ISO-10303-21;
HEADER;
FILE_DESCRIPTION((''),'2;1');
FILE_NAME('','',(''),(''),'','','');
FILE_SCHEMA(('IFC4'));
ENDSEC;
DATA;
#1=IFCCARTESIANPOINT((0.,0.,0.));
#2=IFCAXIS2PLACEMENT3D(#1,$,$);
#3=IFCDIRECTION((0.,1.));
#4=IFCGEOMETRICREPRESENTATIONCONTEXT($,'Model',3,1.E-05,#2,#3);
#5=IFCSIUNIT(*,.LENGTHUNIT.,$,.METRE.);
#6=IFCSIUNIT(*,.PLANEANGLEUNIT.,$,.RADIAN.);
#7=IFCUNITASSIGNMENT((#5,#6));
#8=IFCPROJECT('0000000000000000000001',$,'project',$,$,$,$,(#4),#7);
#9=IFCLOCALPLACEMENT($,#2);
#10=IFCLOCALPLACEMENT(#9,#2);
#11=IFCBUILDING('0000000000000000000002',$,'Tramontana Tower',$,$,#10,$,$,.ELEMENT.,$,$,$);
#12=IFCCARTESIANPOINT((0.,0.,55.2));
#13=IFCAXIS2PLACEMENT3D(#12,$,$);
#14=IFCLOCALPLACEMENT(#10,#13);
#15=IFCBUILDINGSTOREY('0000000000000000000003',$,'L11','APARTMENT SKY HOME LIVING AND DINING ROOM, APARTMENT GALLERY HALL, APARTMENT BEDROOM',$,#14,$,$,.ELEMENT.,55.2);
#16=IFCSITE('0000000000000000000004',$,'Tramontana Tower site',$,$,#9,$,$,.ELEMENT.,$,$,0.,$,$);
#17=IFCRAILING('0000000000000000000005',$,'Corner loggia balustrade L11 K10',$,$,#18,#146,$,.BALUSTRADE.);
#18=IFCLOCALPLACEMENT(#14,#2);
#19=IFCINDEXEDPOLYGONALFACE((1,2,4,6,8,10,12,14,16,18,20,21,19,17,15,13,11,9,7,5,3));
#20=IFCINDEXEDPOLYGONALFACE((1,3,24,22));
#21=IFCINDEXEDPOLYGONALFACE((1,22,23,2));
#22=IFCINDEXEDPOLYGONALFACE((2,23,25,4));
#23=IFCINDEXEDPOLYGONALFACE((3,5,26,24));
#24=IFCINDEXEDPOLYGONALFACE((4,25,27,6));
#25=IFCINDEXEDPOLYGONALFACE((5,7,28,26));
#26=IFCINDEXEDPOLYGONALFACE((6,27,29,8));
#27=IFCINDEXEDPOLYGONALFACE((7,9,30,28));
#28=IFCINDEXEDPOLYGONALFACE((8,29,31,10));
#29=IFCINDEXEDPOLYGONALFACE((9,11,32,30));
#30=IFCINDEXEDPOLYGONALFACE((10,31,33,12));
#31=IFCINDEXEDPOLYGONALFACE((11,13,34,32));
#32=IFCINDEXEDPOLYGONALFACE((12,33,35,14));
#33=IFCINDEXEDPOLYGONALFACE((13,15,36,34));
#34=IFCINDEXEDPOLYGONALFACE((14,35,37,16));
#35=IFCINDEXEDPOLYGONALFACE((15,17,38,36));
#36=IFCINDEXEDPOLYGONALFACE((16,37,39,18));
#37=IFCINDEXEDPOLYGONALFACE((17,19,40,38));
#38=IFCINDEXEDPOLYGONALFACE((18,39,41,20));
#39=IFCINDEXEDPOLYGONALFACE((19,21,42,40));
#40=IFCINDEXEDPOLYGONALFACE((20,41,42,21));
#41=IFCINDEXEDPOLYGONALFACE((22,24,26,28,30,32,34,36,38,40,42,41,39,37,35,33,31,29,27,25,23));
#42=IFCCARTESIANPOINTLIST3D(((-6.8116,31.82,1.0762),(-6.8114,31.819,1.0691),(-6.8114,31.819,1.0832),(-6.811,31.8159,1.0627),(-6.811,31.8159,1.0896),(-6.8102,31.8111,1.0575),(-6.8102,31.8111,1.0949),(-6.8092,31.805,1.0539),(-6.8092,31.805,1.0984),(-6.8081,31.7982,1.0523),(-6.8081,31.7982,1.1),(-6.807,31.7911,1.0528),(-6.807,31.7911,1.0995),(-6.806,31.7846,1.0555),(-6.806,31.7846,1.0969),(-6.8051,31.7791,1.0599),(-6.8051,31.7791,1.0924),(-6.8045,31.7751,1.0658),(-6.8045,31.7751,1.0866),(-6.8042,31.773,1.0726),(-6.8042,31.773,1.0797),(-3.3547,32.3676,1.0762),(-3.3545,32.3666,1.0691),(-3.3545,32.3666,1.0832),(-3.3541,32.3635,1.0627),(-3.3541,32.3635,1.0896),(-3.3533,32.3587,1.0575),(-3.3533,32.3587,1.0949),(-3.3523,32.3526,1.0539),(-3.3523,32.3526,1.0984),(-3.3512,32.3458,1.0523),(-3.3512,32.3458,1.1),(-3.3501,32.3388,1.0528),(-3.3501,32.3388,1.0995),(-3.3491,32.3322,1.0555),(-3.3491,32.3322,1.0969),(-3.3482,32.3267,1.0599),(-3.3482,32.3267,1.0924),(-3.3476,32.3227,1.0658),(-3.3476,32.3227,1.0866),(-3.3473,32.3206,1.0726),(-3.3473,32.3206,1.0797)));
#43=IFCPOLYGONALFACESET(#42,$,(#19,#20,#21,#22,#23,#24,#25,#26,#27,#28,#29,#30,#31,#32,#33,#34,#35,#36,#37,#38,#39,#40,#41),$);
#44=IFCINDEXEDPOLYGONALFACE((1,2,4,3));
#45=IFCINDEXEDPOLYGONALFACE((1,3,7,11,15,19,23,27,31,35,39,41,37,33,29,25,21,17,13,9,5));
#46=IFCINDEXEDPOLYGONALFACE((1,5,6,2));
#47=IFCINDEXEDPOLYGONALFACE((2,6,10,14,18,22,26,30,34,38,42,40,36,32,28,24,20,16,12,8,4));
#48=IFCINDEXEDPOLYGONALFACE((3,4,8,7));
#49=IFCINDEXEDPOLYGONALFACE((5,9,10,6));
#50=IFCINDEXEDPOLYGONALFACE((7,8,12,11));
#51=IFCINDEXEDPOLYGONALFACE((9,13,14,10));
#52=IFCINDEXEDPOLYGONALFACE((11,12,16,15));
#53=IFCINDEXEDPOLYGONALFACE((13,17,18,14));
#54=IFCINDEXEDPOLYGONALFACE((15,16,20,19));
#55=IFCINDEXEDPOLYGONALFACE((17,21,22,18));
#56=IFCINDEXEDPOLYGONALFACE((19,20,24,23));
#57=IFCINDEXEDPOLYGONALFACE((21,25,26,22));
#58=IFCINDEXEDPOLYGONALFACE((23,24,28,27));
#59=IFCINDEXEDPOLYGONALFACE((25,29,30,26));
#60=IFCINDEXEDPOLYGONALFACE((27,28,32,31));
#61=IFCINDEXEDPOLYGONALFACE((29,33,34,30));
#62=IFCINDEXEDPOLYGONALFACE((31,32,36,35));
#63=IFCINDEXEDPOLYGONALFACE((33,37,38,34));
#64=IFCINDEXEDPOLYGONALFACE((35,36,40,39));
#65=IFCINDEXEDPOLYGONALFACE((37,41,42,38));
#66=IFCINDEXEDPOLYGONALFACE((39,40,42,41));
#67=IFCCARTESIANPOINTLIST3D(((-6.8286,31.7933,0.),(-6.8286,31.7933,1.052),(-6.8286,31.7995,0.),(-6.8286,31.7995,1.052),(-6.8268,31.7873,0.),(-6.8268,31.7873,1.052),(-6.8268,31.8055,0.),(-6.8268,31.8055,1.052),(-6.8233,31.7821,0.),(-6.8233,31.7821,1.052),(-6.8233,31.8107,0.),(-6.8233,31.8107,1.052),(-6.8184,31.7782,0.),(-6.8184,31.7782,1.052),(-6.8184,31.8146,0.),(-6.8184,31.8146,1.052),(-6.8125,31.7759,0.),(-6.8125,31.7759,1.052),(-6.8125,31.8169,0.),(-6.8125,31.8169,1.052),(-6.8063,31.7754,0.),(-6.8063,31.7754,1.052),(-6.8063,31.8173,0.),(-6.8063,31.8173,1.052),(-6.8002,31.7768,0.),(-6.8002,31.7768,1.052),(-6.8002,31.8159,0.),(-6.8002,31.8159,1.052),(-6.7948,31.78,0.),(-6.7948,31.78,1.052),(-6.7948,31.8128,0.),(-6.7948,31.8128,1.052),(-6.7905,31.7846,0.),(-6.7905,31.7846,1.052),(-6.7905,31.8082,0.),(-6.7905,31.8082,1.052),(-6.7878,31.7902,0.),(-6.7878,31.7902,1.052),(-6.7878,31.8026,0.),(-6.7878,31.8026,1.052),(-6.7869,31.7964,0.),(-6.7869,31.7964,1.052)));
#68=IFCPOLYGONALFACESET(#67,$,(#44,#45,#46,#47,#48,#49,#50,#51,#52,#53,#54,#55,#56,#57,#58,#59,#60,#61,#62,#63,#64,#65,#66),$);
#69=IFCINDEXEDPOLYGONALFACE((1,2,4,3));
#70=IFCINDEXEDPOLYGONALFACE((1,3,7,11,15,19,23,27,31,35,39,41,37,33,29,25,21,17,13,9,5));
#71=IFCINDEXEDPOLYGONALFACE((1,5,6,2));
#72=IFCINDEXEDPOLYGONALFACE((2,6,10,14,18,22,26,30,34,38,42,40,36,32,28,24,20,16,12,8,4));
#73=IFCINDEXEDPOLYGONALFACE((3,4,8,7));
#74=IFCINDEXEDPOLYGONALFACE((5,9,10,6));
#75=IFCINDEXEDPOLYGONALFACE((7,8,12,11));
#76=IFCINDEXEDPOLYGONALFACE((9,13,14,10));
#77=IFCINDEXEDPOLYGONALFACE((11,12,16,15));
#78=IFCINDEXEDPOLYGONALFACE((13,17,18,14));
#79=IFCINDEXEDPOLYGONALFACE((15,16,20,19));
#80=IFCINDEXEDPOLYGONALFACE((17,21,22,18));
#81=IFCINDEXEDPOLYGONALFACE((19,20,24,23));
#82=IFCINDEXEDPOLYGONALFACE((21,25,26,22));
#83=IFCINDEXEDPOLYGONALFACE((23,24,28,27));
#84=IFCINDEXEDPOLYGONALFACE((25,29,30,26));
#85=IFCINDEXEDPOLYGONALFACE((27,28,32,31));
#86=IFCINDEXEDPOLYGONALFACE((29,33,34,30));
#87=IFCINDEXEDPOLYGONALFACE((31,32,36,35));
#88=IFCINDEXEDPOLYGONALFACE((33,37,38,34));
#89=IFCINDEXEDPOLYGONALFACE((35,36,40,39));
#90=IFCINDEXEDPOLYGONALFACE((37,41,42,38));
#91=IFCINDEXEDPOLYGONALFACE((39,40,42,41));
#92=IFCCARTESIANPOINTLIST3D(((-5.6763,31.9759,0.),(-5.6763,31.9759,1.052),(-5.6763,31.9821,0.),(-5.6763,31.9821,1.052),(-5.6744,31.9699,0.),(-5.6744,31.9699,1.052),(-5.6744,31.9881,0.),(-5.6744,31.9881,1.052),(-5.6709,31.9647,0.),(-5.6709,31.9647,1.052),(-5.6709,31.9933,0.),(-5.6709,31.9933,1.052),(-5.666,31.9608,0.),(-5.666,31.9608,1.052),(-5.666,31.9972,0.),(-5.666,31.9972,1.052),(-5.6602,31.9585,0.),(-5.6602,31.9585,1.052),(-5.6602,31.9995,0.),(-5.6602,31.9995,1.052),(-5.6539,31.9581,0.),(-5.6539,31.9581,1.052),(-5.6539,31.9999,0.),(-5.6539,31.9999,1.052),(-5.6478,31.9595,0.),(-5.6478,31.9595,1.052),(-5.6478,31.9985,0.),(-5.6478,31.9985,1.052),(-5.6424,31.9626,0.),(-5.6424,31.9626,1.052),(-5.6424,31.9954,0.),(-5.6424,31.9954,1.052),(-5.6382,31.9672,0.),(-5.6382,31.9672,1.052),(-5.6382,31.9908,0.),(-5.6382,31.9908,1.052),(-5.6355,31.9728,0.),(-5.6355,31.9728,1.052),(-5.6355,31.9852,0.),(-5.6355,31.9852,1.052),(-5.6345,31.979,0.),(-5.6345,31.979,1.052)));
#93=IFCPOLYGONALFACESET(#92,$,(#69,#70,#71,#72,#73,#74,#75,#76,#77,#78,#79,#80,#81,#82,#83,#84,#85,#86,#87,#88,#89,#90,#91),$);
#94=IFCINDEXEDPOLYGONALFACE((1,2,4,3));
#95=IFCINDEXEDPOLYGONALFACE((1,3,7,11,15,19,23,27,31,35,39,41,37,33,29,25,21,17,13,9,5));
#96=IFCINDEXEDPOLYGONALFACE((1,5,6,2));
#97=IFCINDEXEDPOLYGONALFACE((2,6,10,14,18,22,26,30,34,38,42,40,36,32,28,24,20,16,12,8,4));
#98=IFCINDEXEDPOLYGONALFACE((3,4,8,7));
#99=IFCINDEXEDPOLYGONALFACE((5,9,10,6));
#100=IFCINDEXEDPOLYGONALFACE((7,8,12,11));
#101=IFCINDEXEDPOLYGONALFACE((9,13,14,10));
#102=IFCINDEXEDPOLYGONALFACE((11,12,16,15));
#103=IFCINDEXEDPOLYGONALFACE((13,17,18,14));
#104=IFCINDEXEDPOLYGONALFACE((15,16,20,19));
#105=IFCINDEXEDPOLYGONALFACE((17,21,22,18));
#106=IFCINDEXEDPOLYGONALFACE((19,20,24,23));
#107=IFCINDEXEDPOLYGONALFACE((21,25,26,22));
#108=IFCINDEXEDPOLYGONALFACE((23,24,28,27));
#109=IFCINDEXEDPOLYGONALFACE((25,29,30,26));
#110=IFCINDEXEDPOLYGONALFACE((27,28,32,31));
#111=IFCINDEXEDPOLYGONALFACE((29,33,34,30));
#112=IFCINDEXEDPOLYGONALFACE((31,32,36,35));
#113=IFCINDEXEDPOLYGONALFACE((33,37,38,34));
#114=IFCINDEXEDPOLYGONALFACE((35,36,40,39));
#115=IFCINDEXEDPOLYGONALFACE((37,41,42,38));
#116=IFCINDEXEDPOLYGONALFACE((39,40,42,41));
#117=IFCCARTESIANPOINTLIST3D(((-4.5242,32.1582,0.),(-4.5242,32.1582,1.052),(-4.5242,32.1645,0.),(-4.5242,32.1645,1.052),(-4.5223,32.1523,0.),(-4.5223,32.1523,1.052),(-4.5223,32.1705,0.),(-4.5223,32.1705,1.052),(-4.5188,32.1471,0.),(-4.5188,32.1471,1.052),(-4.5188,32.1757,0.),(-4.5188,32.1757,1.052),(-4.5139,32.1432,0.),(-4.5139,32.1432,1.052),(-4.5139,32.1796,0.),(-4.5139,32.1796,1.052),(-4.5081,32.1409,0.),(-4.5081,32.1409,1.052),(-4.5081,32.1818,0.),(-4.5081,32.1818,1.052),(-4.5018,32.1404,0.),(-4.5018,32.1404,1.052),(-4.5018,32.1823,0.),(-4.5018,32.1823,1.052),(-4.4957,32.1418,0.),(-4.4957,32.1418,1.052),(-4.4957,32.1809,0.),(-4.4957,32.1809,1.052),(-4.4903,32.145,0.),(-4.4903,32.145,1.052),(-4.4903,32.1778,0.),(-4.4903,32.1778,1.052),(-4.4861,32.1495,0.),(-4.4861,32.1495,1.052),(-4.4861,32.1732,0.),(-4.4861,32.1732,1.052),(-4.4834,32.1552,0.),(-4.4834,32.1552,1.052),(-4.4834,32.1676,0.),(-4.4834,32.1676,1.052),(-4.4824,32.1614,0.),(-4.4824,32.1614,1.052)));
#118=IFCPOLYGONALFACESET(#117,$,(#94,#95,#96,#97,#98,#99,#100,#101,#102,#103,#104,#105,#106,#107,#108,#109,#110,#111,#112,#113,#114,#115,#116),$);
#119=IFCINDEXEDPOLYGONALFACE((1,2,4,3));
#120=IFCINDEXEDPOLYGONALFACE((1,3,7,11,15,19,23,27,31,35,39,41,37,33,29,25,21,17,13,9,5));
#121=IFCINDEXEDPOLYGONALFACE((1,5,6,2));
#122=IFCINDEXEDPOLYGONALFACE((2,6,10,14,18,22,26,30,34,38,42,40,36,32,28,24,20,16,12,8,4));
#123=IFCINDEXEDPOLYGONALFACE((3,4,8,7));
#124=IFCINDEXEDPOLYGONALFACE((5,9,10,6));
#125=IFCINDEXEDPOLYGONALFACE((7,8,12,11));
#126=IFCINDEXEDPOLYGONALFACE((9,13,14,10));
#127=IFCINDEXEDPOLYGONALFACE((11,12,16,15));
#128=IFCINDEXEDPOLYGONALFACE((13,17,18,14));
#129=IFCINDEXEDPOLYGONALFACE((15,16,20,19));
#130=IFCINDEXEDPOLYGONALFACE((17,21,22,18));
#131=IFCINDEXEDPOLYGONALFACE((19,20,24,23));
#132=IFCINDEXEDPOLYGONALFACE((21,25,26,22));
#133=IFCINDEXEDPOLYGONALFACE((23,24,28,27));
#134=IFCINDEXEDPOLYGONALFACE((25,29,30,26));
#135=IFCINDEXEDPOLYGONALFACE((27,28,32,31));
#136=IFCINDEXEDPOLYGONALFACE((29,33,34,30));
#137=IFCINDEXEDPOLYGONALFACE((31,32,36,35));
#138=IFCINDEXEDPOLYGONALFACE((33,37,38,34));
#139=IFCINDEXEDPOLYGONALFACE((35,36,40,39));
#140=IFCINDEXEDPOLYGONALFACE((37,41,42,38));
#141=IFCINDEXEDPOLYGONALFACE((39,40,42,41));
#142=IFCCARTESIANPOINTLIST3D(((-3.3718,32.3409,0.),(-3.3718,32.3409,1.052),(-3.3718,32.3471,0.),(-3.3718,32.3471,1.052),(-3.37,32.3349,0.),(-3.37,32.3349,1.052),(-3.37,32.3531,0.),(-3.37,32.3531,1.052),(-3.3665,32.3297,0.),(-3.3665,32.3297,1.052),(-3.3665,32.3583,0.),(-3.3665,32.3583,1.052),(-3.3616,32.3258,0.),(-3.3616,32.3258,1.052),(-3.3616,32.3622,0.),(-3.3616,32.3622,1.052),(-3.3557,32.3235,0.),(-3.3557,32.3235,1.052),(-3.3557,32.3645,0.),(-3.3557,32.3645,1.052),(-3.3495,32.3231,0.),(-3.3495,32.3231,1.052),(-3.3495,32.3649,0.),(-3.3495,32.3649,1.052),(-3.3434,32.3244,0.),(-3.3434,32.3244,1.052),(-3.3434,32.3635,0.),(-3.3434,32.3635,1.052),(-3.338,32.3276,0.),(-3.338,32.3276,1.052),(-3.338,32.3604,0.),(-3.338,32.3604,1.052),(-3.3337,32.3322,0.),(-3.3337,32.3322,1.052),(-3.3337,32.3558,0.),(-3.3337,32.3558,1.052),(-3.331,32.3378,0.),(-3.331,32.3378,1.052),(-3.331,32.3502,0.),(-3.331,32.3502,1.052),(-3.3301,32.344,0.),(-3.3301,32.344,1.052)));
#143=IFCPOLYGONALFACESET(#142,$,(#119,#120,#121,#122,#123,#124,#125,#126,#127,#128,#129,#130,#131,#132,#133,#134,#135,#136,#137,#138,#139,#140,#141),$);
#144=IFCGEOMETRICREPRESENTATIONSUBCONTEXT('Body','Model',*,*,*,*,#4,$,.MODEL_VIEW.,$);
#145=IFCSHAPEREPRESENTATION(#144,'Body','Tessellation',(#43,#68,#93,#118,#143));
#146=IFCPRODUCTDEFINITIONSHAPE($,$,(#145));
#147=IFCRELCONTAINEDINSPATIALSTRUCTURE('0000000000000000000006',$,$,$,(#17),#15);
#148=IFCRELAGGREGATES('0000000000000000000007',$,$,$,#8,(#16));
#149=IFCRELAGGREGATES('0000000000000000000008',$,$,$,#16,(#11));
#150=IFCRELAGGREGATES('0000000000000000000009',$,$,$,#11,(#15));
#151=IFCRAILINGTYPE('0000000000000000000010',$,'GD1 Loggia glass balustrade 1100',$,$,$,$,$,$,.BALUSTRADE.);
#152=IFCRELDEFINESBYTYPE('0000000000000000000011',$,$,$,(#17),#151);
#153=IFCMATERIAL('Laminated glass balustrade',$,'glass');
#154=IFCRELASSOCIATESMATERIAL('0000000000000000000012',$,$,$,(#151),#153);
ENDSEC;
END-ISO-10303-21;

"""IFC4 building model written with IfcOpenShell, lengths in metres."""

from ifc_helpers import new_model, si_unit, direction, frame, origin, origin_2d, place, context, subcontext, project, spatial, circle, extrude, material, type_object, element, save


model = new_model("IFC4")

# Units and contexts
model_context = context("Model", 3, precision=1e-05, world=origin(), true_north=direction((0.0, 1.0)))
body_context = subcontext(model_context, "Body", "Model", "MODEL_VIEW")
ifc_project = project(units=[si_unit("LENGTHUNIT", "METRE"), si_unit("PLANEANGLEUNIT", "RADIAN")], contexts=[model_context])

# Site, building, storey
site_placement = place(None, origin())
site = spatial("IfcSite", under=ifc_project, at=site_placement, Name="Tramontana Tower site", CompositionType="ELEMENT", RefElevation=0.0)
building_placement = place(site_placement, origin())
building = spatial("IfcBuilding", under=site, at=building_placement, Name="Tramontana Tower", CompositionType="ELEMENT")
storey_placement = place(building_placement, frame((0.0, 0.0, 55.2)))
storey = spatial("IfcBuildingStorey", under=building, at=storey_placement, Name="L11", Description="APARTMENT SKY HOME LIVING AND DINING ROOM, APARTMENT GALLERY HALL, APARTMENT BEDROOM", CompositionType="ELEMENT", Elevation=55.2)

# Railing
ifc_material_1 = material(Name="Laminated glass balustrade", Category="glass")
railing_type = type_object("IfcRailingType", Name="GD1 Loggia glass balustrade 1100", PredefinedType="BALUSTRADE", material=ifc_material_1)
railing_1_placement = place(storey_placement, frame((-6.8079, 31.7964, 0.0)))
element("IfcRailing", 1, at=railing_1_placement, inside=storey, type_object=railing_type, Name="Corner loggia balustrade L11 K10", PredefinedType="BALUSTRADE", context=body_context, shape_type="SweptSolid", body=[
    extrude(circle(Radius=0.0239, at=origin_2d()), frame((0.0, 0.0, 1.0762), z_axis=(0.987684, 0.156464, 0.0), x_axis=(-0.156464, 0.987684, 0.0)), (0.0, 0.0, 1.0), 3.5),
    extrude(circle(Radius=0.021, at=origin_2d()), origin(), (0.0, 0.0, 1.0), 1.052),
    extrude(circle(Radius=0.021, at=origin_2d()), frame((1.1523, 0.1826, 0.0)), (0.0, 0.0, 1.0), 1.052),
    extrude(circle(Radius=0.021, at=origin_2d()), frame((2.3044, 0.365, 0.0)), (0.0, 0.0, 1.0), 1.052),
    extrude(circle(Radius=0.021, at=origin_2d()), frame((3.4568, 0.5476, 0.0)), (0.0, 0.0, 1.0), 1.052),
])

save(model, "model.ifc")
